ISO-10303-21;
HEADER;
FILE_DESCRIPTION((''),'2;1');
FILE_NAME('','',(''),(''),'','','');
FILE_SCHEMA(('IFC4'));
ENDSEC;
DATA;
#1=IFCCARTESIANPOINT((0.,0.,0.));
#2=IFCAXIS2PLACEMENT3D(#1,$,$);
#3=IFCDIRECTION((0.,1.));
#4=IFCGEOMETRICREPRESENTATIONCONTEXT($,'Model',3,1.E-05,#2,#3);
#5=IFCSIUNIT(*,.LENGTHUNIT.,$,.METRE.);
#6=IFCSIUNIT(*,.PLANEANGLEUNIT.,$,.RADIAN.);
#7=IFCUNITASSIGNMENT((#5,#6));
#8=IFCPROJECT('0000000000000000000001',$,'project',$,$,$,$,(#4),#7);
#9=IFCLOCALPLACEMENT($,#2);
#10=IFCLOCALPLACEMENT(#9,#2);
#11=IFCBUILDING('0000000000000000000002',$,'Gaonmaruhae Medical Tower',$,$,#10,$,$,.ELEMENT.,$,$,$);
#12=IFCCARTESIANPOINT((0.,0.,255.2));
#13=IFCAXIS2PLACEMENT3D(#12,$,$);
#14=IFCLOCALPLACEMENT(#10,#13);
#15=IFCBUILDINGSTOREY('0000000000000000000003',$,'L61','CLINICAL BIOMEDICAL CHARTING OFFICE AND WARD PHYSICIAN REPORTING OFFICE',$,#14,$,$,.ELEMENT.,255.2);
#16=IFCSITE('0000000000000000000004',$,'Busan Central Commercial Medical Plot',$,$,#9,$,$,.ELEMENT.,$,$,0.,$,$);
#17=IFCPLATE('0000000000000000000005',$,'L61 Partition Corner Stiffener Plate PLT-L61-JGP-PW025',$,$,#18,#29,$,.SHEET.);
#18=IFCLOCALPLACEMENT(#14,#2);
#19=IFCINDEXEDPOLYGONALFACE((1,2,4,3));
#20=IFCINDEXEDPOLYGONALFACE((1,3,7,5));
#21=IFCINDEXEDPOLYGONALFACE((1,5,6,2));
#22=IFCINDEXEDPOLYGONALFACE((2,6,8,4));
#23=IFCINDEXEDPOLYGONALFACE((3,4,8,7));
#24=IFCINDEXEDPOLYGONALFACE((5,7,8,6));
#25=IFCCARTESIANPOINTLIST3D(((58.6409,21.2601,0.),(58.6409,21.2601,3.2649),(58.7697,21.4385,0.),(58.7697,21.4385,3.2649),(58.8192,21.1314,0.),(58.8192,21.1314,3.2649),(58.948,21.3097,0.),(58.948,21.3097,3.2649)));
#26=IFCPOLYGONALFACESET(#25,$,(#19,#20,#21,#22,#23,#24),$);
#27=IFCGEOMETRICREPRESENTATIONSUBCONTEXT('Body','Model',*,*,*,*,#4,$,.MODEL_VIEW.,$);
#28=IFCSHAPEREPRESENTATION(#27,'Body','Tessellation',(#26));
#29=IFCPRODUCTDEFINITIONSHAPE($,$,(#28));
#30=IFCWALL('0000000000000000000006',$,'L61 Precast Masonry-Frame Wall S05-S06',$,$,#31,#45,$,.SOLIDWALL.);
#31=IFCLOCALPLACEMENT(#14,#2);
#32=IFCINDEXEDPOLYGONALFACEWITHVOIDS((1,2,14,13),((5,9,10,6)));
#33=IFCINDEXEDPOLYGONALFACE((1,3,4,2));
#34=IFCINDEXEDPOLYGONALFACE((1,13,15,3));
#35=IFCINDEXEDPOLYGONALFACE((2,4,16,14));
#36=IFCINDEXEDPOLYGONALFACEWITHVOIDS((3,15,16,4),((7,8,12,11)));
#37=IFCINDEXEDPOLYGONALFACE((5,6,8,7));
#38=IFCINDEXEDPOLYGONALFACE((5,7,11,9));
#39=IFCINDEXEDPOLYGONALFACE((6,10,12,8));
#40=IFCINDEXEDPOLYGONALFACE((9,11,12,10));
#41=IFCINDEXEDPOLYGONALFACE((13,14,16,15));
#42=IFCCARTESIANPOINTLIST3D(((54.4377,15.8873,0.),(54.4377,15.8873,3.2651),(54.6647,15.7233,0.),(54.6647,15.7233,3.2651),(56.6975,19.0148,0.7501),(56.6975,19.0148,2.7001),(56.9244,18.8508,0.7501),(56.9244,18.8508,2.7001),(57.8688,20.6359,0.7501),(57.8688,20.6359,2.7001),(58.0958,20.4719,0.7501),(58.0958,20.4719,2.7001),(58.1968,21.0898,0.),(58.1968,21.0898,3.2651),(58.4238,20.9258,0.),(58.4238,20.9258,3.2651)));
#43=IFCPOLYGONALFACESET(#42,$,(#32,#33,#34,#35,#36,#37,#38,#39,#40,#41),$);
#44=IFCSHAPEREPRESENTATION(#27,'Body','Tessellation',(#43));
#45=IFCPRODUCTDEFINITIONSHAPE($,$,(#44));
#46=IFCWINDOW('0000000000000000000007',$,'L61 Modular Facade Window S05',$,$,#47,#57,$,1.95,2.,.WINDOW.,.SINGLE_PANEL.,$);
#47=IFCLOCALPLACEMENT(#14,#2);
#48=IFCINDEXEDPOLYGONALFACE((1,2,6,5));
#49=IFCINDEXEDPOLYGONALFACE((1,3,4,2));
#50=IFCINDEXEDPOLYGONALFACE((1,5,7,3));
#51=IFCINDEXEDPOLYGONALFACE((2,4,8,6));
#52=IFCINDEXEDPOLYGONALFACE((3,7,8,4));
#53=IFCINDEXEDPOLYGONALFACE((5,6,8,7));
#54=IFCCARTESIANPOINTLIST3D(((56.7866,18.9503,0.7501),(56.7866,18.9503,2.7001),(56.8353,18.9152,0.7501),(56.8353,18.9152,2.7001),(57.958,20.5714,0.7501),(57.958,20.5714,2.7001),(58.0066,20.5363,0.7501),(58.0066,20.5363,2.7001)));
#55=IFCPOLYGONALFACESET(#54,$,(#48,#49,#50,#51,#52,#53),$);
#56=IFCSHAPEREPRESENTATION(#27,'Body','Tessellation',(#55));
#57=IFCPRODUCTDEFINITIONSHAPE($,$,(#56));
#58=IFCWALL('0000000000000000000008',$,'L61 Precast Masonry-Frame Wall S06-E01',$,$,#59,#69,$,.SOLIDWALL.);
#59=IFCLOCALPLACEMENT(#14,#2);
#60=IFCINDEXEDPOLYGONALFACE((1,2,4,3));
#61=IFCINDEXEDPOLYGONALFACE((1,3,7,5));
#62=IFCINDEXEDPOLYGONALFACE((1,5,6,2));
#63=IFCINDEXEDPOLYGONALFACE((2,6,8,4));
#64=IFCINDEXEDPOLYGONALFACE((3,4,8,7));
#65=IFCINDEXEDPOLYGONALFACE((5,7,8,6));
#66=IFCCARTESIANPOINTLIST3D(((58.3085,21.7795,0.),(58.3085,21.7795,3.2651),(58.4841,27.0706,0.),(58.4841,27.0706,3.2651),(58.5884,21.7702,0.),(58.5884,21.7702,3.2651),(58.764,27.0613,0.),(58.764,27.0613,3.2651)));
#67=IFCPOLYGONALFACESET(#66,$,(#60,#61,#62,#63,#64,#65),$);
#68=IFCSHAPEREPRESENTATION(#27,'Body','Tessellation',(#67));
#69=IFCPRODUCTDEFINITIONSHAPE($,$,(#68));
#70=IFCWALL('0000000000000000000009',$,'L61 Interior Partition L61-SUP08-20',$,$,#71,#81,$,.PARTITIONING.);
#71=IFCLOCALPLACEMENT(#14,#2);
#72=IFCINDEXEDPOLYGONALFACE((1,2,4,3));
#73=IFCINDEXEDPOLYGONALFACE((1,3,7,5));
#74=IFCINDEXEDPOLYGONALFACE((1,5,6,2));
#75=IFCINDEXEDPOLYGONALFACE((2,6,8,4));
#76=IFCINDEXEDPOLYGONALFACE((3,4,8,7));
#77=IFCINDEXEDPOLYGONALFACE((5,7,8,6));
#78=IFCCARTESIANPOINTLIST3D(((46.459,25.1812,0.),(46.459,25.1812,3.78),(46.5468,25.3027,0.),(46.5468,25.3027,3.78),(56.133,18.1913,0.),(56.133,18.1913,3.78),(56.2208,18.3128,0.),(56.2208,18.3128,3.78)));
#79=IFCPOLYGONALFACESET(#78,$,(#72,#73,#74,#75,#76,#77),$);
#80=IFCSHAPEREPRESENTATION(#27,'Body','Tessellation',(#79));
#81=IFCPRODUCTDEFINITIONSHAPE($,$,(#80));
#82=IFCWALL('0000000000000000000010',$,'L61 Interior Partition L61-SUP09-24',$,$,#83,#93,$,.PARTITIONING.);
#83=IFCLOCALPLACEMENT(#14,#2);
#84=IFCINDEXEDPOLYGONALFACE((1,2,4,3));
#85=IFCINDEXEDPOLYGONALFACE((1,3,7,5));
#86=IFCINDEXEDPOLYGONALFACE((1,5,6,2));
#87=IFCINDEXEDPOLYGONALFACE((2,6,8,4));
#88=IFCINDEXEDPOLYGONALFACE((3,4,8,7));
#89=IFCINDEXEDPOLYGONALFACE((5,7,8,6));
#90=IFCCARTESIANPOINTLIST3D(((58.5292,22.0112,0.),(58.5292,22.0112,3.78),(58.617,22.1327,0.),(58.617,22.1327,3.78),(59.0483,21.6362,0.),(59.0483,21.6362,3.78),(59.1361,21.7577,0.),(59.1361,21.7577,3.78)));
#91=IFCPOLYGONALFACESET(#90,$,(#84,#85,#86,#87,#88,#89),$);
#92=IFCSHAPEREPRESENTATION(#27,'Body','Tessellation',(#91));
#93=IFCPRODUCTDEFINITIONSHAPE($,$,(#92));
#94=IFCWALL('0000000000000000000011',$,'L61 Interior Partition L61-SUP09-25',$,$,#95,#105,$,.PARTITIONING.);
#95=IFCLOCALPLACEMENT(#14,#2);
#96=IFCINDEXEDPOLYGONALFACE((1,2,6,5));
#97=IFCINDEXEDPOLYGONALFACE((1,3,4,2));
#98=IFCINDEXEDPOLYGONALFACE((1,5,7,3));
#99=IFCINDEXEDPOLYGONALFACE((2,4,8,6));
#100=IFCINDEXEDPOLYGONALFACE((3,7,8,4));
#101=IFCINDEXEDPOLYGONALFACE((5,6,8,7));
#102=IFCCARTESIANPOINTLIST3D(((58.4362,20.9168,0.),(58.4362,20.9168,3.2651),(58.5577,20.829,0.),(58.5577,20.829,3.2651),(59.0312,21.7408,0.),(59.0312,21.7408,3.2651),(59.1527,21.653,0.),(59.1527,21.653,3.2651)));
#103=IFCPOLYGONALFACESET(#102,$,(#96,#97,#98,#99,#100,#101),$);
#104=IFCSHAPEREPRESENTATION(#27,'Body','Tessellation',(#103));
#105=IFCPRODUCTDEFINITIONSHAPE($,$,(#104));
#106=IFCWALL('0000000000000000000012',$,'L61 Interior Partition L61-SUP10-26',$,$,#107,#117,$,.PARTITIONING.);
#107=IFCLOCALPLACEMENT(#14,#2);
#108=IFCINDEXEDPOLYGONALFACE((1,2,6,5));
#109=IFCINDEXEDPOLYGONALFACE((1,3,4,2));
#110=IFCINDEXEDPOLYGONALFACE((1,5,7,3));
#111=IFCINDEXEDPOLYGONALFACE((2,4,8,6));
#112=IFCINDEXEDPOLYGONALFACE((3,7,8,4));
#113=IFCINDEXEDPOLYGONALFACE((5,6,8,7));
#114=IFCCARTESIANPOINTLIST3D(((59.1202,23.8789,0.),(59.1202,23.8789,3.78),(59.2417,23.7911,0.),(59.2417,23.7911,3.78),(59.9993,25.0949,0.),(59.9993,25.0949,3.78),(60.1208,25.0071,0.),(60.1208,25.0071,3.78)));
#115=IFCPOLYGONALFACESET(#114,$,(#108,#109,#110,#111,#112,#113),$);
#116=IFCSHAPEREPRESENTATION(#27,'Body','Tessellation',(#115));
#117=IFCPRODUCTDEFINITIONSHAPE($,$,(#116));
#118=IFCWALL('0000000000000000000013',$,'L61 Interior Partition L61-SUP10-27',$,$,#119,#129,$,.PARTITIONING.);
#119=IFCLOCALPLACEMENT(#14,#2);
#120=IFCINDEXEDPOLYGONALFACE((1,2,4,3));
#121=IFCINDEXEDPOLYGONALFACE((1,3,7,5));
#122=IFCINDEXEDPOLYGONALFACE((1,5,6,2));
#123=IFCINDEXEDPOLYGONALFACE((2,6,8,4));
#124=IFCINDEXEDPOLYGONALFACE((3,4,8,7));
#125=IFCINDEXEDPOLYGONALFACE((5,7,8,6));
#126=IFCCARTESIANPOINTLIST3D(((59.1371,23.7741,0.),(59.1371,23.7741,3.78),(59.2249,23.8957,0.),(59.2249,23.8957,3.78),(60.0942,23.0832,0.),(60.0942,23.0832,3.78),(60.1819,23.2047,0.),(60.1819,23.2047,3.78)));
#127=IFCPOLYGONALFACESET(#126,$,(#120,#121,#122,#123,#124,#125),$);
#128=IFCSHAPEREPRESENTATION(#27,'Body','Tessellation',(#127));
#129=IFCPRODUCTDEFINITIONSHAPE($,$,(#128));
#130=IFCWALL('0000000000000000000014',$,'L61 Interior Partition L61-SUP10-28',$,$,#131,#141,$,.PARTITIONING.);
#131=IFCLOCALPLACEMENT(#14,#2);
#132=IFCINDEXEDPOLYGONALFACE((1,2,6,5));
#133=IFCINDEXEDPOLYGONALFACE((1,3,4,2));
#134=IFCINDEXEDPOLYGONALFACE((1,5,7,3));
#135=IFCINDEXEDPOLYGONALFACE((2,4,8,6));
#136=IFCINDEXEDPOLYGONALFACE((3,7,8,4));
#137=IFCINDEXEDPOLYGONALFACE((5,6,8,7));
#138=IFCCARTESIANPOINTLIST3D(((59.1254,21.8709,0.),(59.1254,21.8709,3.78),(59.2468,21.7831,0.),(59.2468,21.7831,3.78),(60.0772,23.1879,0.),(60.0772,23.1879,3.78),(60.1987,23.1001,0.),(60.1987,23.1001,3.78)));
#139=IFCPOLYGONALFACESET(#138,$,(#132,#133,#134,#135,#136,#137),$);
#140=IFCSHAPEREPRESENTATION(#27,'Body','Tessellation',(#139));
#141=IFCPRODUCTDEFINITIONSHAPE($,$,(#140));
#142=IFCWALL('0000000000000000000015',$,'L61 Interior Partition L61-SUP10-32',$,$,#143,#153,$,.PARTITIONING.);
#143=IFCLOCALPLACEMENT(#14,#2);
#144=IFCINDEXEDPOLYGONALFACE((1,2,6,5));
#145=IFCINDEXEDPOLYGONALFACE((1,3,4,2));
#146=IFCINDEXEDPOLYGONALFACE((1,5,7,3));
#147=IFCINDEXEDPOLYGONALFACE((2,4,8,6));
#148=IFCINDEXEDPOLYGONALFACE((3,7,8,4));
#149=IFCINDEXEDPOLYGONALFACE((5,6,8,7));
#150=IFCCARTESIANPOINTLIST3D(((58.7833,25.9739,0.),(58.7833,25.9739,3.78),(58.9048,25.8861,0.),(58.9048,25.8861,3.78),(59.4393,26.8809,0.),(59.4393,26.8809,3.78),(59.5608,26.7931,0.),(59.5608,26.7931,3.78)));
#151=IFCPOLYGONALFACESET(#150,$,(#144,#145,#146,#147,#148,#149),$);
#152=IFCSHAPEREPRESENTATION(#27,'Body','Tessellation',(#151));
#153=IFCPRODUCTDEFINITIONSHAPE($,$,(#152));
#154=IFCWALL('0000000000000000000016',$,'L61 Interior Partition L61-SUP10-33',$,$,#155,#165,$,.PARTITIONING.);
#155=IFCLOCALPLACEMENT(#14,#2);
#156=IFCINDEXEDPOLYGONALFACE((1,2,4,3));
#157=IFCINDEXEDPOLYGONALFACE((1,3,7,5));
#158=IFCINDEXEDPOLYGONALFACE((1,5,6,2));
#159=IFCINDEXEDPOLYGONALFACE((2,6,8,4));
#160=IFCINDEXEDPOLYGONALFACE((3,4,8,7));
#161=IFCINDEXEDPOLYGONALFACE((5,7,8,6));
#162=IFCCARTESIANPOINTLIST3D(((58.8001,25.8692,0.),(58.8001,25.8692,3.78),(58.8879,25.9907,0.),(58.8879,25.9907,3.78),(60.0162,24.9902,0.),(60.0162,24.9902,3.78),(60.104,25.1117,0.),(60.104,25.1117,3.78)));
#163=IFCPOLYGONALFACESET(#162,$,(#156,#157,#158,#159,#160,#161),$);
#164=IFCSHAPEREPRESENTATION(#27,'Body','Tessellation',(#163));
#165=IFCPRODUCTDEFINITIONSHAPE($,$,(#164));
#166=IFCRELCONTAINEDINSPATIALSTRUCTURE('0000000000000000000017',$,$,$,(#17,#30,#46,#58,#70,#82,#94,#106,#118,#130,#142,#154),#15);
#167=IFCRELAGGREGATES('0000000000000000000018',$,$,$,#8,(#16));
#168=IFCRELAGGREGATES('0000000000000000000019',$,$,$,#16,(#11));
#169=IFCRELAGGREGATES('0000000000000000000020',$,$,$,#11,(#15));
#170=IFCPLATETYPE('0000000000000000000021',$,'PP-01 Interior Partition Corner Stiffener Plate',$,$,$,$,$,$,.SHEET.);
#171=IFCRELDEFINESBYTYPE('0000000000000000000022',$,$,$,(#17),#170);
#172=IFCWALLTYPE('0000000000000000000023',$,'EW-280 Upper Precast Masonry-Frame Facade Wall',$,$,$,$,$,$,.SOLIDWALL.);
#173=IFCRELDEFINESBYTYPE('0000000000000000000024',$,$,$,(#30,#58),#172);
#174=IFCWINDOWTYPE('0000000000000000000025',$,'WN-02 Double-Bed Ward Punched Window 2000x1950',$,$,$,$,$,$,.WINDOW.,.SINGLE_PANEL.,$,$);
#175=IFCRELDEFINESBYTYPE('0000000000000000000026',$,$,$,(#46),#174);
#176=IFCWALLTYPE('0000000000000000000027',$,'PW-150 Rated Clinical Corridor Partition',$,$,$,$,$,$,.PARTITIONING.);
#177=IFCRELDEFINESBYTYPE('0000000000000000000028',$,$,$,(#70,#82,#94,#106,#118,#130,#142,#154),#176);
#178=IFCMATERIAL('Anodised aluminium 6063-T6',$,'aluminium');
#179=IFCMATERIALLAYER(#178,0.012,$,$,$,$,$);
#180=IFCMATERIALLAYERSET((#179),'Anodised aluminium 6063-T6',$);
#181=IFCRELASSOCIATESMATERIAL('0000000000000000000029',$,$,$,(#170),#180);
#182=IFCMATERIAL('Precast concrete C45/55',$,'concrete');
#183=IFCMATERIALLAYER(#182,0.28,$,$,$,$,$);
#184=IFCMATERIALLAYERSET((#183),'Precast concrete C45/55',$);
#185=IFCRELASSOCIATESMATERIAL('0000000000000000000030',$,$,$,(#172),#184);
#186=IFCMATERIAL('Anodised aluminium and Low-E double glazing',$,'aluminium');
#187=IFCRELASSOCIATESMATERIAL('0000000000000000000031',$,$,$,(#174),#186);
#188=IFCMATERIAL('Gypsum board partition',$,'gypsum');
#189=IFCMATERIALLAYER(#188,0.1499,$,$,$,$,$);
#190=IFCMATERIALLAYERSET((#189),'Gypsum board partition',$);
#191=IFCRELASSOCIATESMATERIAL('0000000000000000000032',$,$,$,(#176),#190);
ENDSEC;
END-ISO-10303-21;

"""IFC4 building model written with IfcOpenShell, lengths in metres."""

from ifc_helpers import new_model, si_unit, direction, frame, frame_2d, origin, origin_2d, place, context, subcontext, project, spatial, rectangle, extrude, material, layer, layer_set, type_object, element, fill, save


model = new_model("IFC4")

# Units and contexts
model_context = context("Model", 3, precision=1e-05, world=origin(), true_north=direction((0.0, 1.0)))
body_context = subcontext(model_context, "Body", "Model", "MODEL_VIEW")
ifc_project = project(units=[si_unit("LENGTHUNIT", "METRE"), si_unit("PLANEANGLEUNIT", "RADIAN")], contexts=[model_context])

# Site, building, storey
site_placement = place(None, origin())
site = spatial("IfcSite", under=ifc_project, at=site_placement, Name="Busan Central Commercial Medical Plot", CompositionType="ELEMENT", RefElevation=0.0)
building_placement = place(site_placement, origin())
building = spatial("IfcBuilding", under=site, at=building_placement, Name="Gaonmaruhae Medical Tower", CompositionType="ELEMENT")
storey_placement = place(building_placement, frame((0.0, 0.0, 255.2)))
storey = spatial("IfcBuildingStorey", under=building, at=storey_placement, Name="L61", Description="CLINICAL BIOMEDICAL CHARTING OFFICE AND WARD PHYSICIAN REPORTING OFFICE", CompositionType="ELEMENT", Elevation=255.2)

# Plate
ifc_material_1 = material(Name="Anodised aluminium 6063-T6", Category="aluminium")
ifc_layer_1 = layer(ifc_material_1, 0.012)
ifc_layer_set_1 = layer_set([ifc_layer_1], Name="Anodised aluminium 6063-T6")
plate_type = type_object("IfcPlateType", Name="PP-01 Interior Partition Corner Stiffener Plate", PredefinedType="SHEET", material=ifc_layer_set_1)
plate_1_placement = place(storey_placement, frame((58.7944, 21.2849, 0.0), z_axis=(0.0, 0.0, 1.0), x_axis=(-0.585425, -0.810727, 0.0)))
element("IfcPlate", 1, at=plate_1_placement, inside=storey, type_object=plate_type, Name="L61 Partition Corner Stiffener Plate PLT-L61-JGP-PW025", PredefinedType="SHEET", context=body_context, shape_type="SweptSolid", body=[
    extrude(rectangle(XDim=0.22, YDim=0.22, at=origin_2d()), origin(), (0.0, 0.0, 1.0), 3.2649),
])

# Wall, opening, window
ifc_material_2 = material(Name="Precast concrete C45/55", Category="concrete")
ifc_layer_2 = layer(ifc_material_2, 0.28)
ifc_layer_set_2 = layer_set([ifc_layer_2], Name="Precast concrete C45/55")
wall_type_1 = type_object("IfcWallType", Name="EW-280 Upper Precast Masonry-Frame Facade Wall", PredefinedType="SOLIDWALL", material=ifc_layer_set_2)
wall_1_placement = place(storey_placement, frame((58.3103, 21.0078, 0.0), z_axis=(0.0, 0.0, 1.0), x_axis=(-0.58567, -0.81055, 0.0)))
wall_1 = element("IfcWall", 2, at=wall_1_placement, inside=storey, type_object=wall_type_1, Name="L61 Precast Masonry-Frame Wall S05-S06", PredefinedType="SOLIDWALL", context=body_context, shape_type="SweptSolid", body=[
    extrude(rectangle(XDim=6.4185, YDim=0.28, at=frame_2d((3.2092, 0.0))), origin(), (0.0, 0.0, 1.0), 3.2651),
])
opening_1_placement = place(wall_1_placement, frame((0.5601, 0.0, 0.75)))
opening_1 = element("IfcOpeningElement", 3, at=opening_1_placement, cuts=wall_1, PredefinedType="OPENING", context=body_context, shape_type="SweptSolid", body=[
    extrude(rectangle(XDim=2.0, YDim=1.95, at=frame_2d((1.0, 0.9751))), frame((0.0, 0.1499, 0.0), z_axis=(0.0, -1.0, 0.0), x_axis=(1.0, 0.0, 0.0)), (0.0, 0.0, 1.0), 0.3),
])
ifc_material_3 = material(Name="Anodised aluminium and Low-E double glazing", Category="aluminium")
window_type = type_object("IfcWindowType", Name="WN-02 Double-Bed Ward Punched Window 2000x1950", PartitioningType="SINGLE_PANEL", PredefinedType="WINDOW", material=ifc_material_3)
window_placement = place(opening_1_placement, origin())
window = element("IfcWindow", 4, at=window_placement, inside=storey, type_object=window_type, Name="L61 Modular Facade Window S05", OverallHeight=1.95, OverallWidth=2.0, PartitioningType="SINGLE_PANEL", PredefinedType="WINDOW", context=body_context, shape_type="SweptSolid", body=[
    extrude(rectangle(XDim=2.0, YDim=1.95, at=frame_2d((1.0, 0.9751))), frame((0.0, 0.03, 0.0), z_axis=(0.0, -1.0, 0.0), x_axis=(1.0, 0.0, 0.0)), (0.0, 0.0, 1.0), 0.0601),
])
fill(opening_1, window)

# Walls
wall_2_placement = place(storey_placement, frame((58.624, 27.0659, 0.0), z_axis=(0.0, 0.0, 1.0), x_axis=(-0.033158, -0.99945, 0.0)))
element("IfcWall", 5, at=wall_2_placement, inside=storey, type_object=wall_type_1, Name="L61 Precast Masonry-Frame Wall S06-E01", PredefinedType="SOLIDWALL", context=body_context, shape_type="SweptSolid", body=[
    extrude(rectangle(XDim=5.2939, YDim=0.28, at=frame_2d((2.647, 0.0))), origin(), (0.0, 0.0, 1.0), 3.2651),
])
ifc_material_4 = material(Name="Gypsum board partition", Category="gypsum")
ifc_layer_3 = layer(ifc_material_4, 0.1499)
ifc_layer_set_3 = layer_set([ifc_layer_3], Name="Gypsum board partition")
wall_type_2 = type_object("IfcWallType", Name="PW-150 Rated Clinical Corridor Partition", PredefinedType="PARTITIONING", material=ifc_layer_set_3)
wall_3_placement = place(storey_placement, frame((46.5029, 25.2419, 0.0), z_axis=(0.0, 0.0, 1.0), x_axis=(0.810554, -0.585665, 0.0)))
element("IfcWall", 6, at=wall_3_placement, inside=storey, type_object=wall_type_2, Name="L61 Interior Partition L61-SUP08-20", PredefinedType="PARTITIONING", context=body_context, shape_type="SweptSolid", body=[
    extrude(rectangle(XDim=11.9351, YDim=0.1499, at=frame_2d((5.9675, 0.0))), origin(), (0.0, 0.0, 1.0), 3.78),
])

# Walls
wall_4_placement = place(storey_placement, frame((58.573, 22.072, 0.0), z_axis=(0.0, 0.0, 1.0), x_axis=(0.810579, -0.58563, 0.0)))
element("IfcWall", 7, at=wall_4_placement, inside=storey, type_object=wall_type_2, Name="L61 Interior Partition L61-SUP09-24", PredefinedType="PARTITIONING", context=body_context, shape_type="SweptSolid", body=[
    extrude(rectangle(XDim=0.6404, YDim=0.1499, at=frame_2d((0.3203, 0.0))), origin(), (0.0, 0.0, 1.0), 3.78),
])
wall_5_placement = place(storey_placement, frame((59.092, 21.697, 0.0), z_axis=(0.0, 0.0, 1.0), x_axis=(-0.585412, -0.810736, 0.0)))
element("IfcWall", 8, at=wall_5_placement, inside=storey, type_object=wall_type_2, Name="L61 Interior Partition L61-SUP09-25", PredefinedType="PARTITIONING", context=body_context, shape_type="SweptSolid", body=[
    extrude(rectangle(XDim=1.0164, YDim=0.1499, at=frame_2d((0.5083, 0.0))), origin(), (0.0, 0.0, 1.0), 3.2651),
])
wall_6_placement = place(storey_placement, frame((60.0601, 25.051, 0.0), z_axis=(0.0, 0.0, 1.0), x_axis=(-0.585877, -0.8104, 0.0)))
element("IfcWall", 9, at=wall_6_placement, inside=storey, type_object=wall_type_2, Name="L61 Interior Partition L61-SUP10-26", PredefinedType="PARTITIONING", context=body_context, shape_type="SweptSolid", body=[
    extrude(rectangle(XDim=1.5005, YDim=0.1499, at=frame_2d((0.7502, 0.0))), origin(), (0.0, 0.0, 1.0), 3.78),
])
wall_7_placement = place(storey_placement, frame((59.1809, 23.835, 0.0), z_axis=(0.0, 0.0, 1.0), x_axis=(0.810788, -0.58534, 0.0)))
element("IfcWall", 10, at=wall_7_placement, inside=storey, type_object=wall_type_2, Name="L61 Interior Partition L61-SUP10-27", PredefinedType="PARTITIONING", context=body_context, shape_type="SweptSolid", body=[
    extrude(rectangle(XDim=1.1804, YDim=0.1499, at=frame_2d((0.5903, 0.0))), origin(), (0.0, 0.0, 1.0), 3.78),
])
wall_8_placement = place(storey_placement, frame((60.1379, 23.144, 0.0), z_axis=(0.0, 0.0, 1.0), x_axis=(-0.585748, -0.810493, 0.0)))
element("IfcWall", 11, at=wall_8_placement, inside=storey, type_object=wall_type_2, Name="L61 Interior Partition L61-SUP10-28", PredefinedType="PARTITIONING", context=body_context, shape_type="SweptSolid", body=[
    extrude(rectangle(XDim=1.625, YDim=0.1499, at=frame_2d((0.8125, 0.0))), origin(), (0.0, 0.0, 1.0), 3.78),
])
wall_9_placement = place(storey_placement, frame((59.5, 26.8369, 0.0), z_axis=(0.0, 0.0, 1.0), x_axis=(-0.586056, -0.810271, 0.0)))
element("IfcWall", 12, at=wall_9_placement, inside=storey, type_object=wall_type_2, Name="L61 Interior Partition L61-SUP10-32", PredefinedType="PARTITIONING", context=body_context, shape_type="SweptSolid", body=[
    extrude(rectangle(XDim=1.1194, YDim=0.1499, at=frame_2d((0.5596, 0.0))), origin(), (0.0, 0.0, 1.0), 3.78),
])
wall_10_placement = place(storey_placement, frame((58.844, 25.9299, 0.0), z_axis=(0.0, 0.0, 1.0), x_axis=(0.810478, -0.58577, 0.0)))
element("IfcWall", 13, at=wall_10_placement, inside=storey, type_object=wall_type_2, Name="L61 Interior Partition L61-SUP10-33", PredefinedType="PARTITIONING", context=body_context, shape_type="SweptSolid", body=[
    extrude(rectangle(XDim=1.5005, YDim=0.1499, at=frame_2d((0.7502, 0.0))), origin(), (0.0, 0.0, 1.0), 3.78),
])

save(model, "model.ifc")
